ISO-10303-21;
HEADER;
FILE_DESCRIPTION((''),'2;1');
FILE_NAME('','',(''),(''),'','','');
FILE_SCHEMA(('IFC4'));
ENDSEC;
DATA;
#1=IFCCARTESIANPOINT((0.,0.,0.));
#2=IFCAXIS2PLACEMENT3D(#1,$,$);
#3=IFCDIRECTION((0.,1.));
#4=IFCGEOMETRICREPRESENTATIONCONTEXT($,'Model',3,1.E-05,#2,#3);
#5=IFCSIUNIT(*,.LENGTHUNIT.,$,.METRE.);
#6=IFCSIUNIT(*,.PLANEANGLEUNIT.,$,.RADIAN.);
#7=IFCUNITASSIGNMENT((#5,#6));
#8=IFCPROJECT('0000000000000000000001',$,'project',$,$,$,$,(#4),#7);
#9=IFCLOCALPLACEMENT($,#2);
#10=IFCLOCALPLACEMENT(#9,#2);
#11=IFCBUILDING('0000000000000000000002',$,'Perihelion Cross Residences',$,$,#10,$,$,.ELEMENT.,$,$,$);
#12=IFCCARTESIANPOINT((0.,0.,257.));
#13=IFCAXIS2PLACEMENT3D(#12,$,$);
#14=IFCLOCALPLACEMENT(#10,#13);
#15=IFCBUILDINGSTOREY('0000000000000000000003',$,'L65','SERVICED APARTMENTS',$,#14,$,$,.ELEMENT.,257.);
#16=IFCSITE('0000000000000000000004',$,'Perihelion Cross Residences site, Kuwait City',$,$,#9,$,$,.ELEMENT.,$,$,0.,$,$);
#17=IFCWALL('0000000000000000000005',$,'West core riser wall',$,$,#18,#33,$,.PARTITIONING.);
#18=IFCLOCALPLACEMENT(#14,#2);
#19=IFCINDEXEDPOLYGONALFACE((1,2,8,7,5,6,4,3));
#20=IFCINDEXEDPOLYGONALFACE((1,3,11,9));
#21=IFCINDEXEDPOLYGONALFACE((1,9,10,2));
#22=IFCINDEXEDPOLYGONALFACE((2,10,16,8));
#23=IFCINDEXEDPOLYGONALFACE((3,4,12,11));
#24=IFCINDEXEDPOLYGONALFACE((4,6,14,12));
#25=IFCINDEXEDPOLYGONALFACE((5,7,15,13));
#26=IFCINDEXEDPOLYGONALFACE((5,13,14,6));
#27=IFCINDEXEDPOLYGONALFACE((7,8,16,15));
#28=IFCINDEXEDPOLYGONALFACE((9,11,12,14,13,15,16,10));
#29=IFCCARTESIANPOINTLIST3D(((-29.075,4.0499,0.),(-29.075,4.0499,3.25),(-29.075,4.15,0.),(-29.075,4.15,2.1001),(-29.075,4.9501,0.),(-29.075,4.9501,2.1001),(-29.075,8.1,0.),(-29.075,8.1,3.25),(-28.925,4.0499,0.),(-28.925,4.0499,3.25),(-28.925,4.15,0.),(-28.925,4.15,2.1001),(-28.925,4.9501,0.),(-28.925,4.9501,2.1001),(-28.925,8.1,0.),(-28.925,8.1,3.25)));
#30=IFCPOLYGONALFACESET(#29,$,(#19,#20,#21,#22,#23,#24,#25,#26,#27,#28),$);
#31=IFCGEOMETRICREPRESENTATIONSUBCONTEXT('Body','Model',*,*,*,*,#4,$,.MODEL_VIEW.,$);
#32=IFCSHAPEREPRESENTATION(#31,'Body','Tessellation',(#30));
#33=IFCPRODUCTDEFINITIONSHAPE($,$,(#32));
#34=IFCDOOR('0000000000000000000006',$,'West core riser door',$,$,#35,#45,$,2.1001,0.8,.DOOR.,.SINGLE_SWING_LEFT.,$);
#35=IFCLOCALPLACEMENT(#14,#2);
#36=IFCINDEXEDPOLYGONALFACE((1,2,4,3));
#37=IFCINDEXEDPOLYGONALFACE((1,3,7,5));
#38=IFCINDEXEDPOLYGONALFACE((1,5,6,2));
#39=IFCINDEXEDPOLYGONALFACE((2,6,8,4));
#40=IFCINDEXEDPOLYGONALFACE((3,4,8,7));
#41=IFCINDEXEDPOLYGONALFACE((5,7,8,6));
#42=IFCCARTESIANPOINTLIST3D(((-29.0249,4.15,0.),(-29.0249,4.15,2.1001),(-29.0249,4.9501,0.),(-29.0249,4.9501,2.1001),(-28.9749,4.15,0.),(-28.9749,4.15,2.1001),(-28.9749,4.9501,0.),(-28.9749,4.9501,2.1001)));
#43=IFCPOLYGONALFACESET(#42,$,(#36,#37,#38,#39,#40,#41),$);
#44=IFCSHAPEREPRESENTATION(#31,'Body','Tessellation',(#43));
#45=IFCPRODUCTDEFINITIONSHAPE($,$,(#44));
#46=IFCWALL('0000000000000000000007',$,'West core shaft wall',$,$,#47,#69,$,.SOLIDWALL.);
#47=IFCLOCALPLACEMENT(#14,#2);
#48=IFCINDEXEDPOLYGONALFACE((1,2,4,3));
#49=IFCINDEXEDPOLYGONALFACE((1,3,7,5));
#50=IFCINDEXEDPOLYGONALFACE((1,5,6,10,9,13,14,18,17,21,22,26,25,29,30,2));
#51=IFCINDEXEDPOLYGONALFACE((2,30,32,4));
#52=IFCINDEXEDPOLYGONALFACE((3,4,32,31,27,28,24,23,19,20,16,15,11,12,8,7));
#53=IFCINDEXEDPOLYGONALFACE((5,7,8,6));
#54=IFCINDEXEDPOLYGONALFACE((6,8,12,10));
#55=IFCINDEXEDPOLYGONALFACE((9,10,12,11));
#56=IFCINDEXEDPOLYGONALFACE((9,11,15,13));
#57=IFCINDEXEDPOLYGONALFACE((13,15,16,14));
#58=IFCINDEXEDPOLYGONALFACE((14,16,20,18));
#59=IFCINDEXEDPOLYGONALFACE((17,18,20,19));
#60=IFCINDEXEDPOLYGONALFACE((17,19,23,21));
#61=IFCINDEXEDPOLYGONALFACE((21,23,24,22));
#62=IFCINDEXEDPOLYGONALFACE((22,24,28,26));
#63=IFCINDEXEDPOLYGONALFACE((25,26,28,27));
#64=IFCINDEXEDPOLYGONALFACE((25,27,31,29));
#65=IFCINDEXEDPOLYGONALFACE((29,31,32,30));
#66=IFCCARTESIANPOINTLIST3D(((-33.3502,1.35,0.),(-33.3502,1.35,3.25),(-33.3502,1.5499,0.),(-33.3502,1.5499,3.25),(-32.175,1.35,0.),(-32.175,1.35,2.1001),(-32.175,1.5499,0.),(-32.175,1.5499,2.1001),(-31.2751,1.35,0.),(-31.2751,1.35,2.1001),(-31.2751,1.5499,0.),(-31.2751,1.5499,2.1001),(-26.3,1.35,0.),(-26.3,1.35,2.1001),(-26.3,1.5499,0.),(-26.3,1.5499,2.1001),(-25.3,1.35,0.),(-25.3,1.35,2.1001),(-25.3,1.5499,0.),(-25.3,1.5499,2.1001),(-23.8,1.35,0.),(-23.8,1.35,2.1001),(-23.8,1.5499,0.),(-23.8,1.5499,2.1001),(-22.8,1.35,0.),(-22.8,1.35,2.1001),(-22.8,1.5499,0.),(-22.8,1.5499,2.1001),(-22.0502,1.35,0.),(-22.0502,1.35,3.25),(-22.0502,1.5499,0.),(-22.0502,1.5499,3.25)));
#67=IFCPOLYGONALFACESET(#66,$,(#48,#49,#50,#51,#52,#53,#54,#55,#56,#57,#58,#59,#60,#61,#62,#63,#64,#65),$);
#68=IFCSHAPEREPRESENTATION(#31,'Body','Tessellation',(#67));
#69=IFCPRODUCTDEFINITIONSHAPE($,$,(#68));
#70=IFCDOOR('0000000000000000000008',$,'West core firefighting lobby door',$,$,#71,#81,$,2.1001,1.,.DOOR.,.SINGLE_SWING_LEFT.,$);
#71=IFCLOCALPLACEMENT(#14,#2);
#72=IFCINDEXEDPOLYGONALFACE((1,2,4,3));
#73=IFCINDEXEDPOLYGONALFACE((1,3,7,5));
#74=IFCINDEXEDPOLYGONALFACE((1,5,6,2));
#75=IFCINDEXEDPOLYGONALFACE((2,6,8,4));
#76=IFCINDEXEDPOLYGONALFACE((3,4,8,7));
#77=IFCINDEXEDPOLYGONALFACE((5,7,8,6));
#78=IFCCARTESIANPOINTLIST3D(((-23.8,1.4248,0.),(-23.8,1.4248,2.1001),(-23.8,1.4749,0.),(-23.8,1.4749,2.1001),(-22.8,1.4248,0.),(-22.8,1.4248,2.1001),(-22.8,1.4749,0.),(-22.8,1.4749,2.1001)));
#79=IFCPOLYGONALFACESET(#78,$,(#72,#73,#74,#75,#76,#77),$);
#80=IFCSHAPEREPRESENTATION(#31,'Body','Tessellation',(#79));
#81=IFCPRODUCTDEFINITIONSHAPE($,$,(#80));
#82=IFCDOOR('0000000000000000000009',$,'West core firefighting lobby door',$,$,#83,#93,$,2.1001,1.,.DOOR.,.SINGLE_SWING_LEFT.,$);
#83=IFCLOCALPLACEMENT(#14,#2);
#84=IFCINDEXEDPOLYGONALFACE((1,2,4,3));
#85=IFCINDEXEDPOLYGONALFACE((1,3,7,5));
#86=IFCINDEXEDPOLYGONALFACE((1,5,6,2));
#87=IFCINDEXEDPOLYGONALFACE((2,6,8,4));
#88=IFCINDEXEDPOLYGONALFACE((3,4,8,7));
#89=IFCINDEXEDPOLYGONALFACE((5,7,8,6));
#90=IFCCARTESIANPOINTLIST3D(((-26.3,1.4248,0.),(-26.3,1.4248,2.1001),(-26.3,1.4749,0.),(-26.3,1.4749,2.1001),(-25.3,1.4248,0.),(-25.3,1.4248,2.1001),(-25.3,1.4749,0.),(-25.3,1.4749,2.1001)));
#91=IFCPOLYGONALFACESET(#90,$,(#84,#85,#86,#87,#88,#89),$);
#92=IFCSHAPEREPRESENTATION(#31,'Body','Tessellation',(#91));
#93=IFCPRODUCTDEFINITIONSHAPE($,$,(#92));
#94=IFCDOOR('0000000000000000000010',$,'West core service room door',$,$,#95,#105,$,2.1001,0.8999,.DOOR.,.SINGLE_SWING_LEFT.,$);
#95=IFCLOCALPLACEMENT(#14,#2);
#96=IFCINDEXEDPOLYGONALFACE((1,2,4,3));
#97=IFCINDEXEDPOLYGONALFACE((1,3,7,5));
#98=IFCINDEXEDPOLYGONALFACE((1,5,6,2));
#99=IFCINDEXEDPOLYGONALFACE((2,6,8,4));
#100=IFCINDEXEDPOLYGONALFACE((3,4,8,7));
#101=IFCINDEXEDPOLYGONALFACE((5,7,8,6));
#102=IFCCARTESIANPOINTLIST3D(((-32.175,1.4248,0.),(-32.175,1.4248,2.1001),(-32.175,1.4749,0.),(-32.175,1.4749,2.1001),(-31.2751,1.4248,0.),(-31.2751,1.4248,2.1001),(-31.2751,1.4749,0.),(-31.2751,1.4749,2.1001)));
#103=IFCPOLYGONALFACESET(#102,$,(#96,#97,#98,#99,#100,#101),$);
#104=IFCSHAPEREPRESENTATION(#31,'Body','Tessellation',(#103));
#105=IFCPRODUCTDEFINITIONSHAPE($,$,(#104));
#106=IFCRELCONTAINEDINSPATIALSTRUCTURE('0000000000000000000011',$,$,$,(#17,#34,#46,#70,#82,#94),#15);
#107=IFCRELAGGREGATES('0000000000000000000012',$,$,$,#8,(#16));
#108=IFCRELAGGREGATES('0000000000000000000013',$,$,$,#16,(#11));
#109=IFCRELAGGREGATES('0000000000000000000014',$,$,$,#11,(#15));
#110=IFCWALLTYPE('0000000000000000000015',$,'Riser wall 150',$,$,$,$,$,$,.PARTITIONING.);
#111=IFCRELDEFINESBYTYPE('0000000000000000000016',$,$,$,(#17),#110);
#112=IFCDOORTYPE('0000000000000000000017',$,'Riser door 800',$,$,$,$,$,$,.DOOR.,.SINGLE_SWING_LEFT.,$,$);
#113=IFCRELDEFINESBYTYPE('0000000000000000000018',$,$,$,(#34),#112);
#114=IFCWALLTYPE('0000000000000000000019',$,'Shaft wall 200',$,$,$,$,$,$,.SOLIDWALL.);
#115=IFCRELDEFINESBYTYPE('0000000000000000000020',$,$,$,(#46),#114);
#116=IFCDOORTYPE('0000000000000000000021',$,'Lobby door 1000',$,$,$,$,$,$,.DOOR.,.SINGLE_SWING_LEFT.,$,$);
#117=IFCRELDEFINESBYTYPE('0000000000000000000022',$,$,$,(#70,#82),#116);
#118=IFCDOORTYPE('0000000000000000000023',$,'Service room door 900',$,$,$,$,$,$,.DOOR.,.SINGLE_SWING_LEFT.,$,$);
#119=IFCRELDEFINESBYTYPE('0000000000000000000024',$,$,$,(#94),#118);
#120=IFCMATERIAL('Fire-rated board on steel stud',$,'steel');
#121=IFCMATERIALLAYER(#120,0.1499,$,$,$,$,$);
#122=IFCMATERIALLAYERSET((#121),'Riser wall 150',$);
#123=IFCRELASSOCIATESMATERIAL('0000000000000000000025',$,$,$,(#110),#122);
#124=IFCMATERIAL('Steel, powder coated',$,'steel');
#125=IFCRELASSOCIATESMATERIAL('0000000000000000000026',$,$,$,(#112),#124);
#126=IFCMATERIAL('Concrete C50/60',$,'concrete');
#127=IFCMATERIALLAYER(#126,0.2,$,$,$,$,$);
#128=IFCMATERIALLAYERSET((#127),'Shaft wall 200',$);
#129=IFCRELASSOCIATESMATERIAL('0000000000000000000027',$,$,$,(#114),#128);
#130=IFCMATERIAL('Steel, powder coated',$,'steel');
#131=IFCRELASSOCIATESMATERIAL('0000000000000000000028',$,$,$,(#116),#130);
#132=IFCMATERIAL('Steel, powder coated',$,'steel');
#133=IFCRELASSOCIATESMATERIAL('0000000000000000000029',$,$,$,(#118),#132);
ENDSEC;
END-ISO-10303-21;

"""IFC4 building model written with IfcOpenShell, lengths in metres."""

from ifc_helpers import new_model, si_unit, direction, frame, frame_2d, origin, place, context, subcontext, project, spatial, rectangle, extrude, material, layer, layer_set, type_object, element, fill, save


model = new_model("IFC4")

# Units and contexts
model_context = context("Model", 3, precision=1e-05, world=origin(), true_north=direction((0.0, 1.0)))
body_context = subcontext(model_context, "Body", "Model", "MODEL_VIEW")
ifc_project = project(units=[si_unit("LENGTHUNIT", "METRE"), si_unit("PLANEANGLEUNIT", "RADIAN")], contexts=[model_context])

# Site, building, storey
site_placement = place(None, origin())
site = spatial("IfcSite", under=ifc_project, at=site_placement, Name="Perihelion Cross Residences site, Kuwait City", CompositionType="ELEMENT", RefElevation=0.0)
building_placement = place(site_placement, origin())
building = spatial("IfcBuilding", under=site, at=building_placement, Name="Perihelion Cross Residences", CompositionType="ELEMENT")
storey_placement = place(building_placement, frame((0.0, 0.0, 257.0)))
storey = spatial("IfcBuildingStorey", under=building, at=storey_placement, Name="L65", Description="SERVICED APARTMENTS", CompositionType="ELEMENT", Elevation=257.0)

# Wall, opening, door
ifc_material_1 = material(Name="Fire-rated board on steel stud", Category="steel")
ifc_layer_1 = layer(ifc_material_1, 0.1499)
ifc_layer_set_1 = layer_set([ifc_layer_1], Name="Riser wall 150")
wall_type_1 = type_object("IfcWallType", Name="Riser wall 150", PredefinedType="PARTITIONING", material=ifc_layer_set_1)
wall_1_placement = place(storey_placement, frame((-29.0, 4.05, 0.0), z_axis=(0.0, 0.0, 1.0), x_axis=(0.0, 1.0, 0.0)))
wall_1 = element("IfcWall", 1, at=wall_1_placement, inside=storey, type_object=wall_type_1, Name="West core riser wall", PredefinedType="PARTITIONING", context=body_context, shape_type="SweptSolid", body=[
    extrude(rectangle(XDim=4.05, YDim=0.1499, at=frame_2d((2.0249, 0.0))), origin(), (0.0, 0.0, 1.0), 3.25),
])
opening_1_placement = place(wall_1_placement, frame((0.1001, 0.0, 0.0)))
opening_1 = element("IfcOpeningElement", 2, at=opening_1_placement, cuts=wall_1, PredefinedType="OPENING", context=body_context, shape_type="SweptSolid", body=[
    extrude(rectangle(XDim=0.8, YDim=2.1001, at=frame_2d((0.3999, 1.05))), frame((0.0, 0.085, 0.0), z_axis=(0.0, -1.0, 0.0), x_axis=(1.0, 0.0, 0.0)), (0.0, 0.0, 1.0), 0.1699),
])
ifc_material_2 = material(Name="Steel, powder coated", Category="steel")
door_type_1 = type_object("IfcDoorType", Name="Riser door 800", OperationType="SINGLE_SWING_LEFT", PredefinedType="DOOR", material=ifc_material_2)
door_1_placement = place(opening_1_placement, origin())
door_1 = element("IfcDoor", 3, at=door_1_placement, inside=storey, type_object=door_type_1, Name="West core riser door", OperationType="SINGLE_SWING_LEFT", OverallHeight=2.1001, OverallWidth=0.8, PredefinedType="DOOR", context=body_context, shape_type="SweptSolid", body=[
    extrude(rectangle(XDim=0.8, YDim=2.1001, at=frame_2d((0.3999, 1.05))), frame((0.0, 0.0249, 0.0), z_axis=(0.0, -1.0, 0.0), x_axis=(1.0, 0.0, 0.0)), (0.0, 0.0, 1.0), 0.05),
])
fill(opening_1, door_1)

# Wall, openings, doors
ifc_material_3 = material(Name="Concrete C50/60", Category="concrete")
ifc_layer_2 = layer(ifc_material_3, 0.2)
ifc_layer_set_2 = layer_set([ifc_layer_2], Name="Shaft wall 200")
wall_type_2 = type_object("IfcWallType", Name="Shaft wall 200", PredefinedType="SOLIDWALL", material=ifc_layer_set_2)
wall_2_placement = place(storey_placement, frame((-33.3501, 1.45, 0.0), z_axis=(0.0, 0.0, 1.0), x_axis=(1.0, 0.0, 0.0)))
wall_2 = element("IfcWall", 4, at=wall_2_placement, inside=storey, type_object=wall_type_2, Name="West core shaft wall", PredefinedType="SOLIDWALL", context=body_context, shape_type="SweptSolid", body=[
    extrude(rectangle(XDim=11.3, YDim=0.2, at=frame_2d((5.6499, 0.0))), origin(), (0.0, 0.0, 1.0), 3.25),
])
opening_2_placement = place(wall_2_placement, frame((9.55, 0.0, 0.0)))
opening_2 = element("IfcOpeningElement", 5, at=opening_2_placement, cuts=wall_2, PredefinedType="OPENING", context=body_context, shape_type="SweptSolid", body=[
    extrude(rectangle(XDim=1.0, YDim=2.1001, at=frame_2d((0.5, 1.05))), frame((0.0, 0.1099, 0.0), z_axis=(0.0, -1.0, 0.0), x_axis=(1.0, 0.0, 0.0)), (0.0, 0.0, 1.0), 0.22),
])
opening_3_placement = place(wall_2_placement, frame((7.05, 0.0, 0.0)))
opening_3 = element("IfcOpeningElement", 6, at=opening_3_placement, cuts=wall_2, PredefinedType="OPENING", context=body_context, shape_type="SweptSolid", body=[
    extrude(rectangle(XDim=1.0, YDim=2.1001, at=frame_2d((0.5, 1.05))), frame((0.0, 0.1099, 0.0), z_axis=(0.0, -1.0, 0.0), x_axis=(1.0, 0.0, 0.0)), (0.0, 0.0, 1.0), 0.22),
])
opening_4_placement = place(wall_2_placement, frame((1.175, 0.0, 0.0)))
opening_4 = element("IfcOpeningElement", 7, at=opening_4_placement, cuts=wall_2, PredefinedType="OPENING", context=body_context, shape_type="SweptSolid", body=[
    extrude(rectangle(XDim=0.8999, YDim=2.1001, at=frame_2d((0.45, 1.05))), frame((0.0, 0.1099, 0.0), z_axis=(0.0, -1.0, 0.0), x_axis=(1.0, 0.0, 0.0)), (0.0, 0.0, 1.0), 0.22),
])
ifc_material_4 = material(Name="Steel, powder coated", Category="steel")
door_type_2 = type_object("IfcDoorType", Name="Lobby door 1000", OperationType="SINGLE_SWING_LEFT", PredefinedType="DOOR", material=ifc_material_4)
door_2_placement = place(opening_2_placement, origin())
door_2 = element("IfcDoor", 8, at=door_2_placement, inside=storey, type_object=door_type_2, Name="West core firefighting lobby door", OperationType="SINGLE_SWING_LEFT", OverallHeight=2.1001, OverallWidth=1.0, PredefinedType="DOOR", context=body_context, shape_type="SweptSolid", body=[
    extrude(rectangle(XDim=1.0, YDim=2.1001, at=frame_2d((0.5, 1.05))), frame((0.0, 0.0249, 0.0), z_axis=(0.0, -1.0, 0.0), x_axis=(1.0, 0.0, 0.0)), (0.0, 0.0, 1.0), 0.05),
])
fill(opening_2, door_2)
door_3_placement = place(opening_3_placement, origin())
door_3 = element("IfcDoor", 9, at=door_3_placement, inside=storey, type_object=door_type_2, Name="West core firefighting lobby door", OperationType="SINGLE_SWING_LEFT", OverallHeight=2.1001, OverallWidth=1.0, PredefinedType="DOOR", context=body_context, shape_type="SweptSolid", body=[
    extrude(rectangle(XDim=1.0, YDim=2.1001, at=frame_2d((0.5, 1.05))), frame((0.0, 0.0249, 0.0), z_axis=(0.0, -1.0, 0.0), x_axis=(1.0, 0.0, 0.0)), (0.0, 0.0, 1.0), 0.05),
])
fill(opening_3, door_3)
ifc_material_5 = material(Name="Steel, powder coated", Category="steel")
door_type_3 = type_object("IfcDoorType", Name="Service room door 900", OperationType="SINGLE_SWING_LEFT", PredefinedType="DOOR", material=ifc_material_5)
door_4_placement = place(opening_4_placement, origin())
door_4 = element("IfcDoor", 10, at=door_4_placement, inside=storey, type_object=door_type_3, Name="West core service room door", OperationType="SINGLE_SWING_LEFT", OverallHeight=2.1001, OverallWidth=0.8999, PredefinedType="DOOR", context=body_context, shape_type="SweptSolid", body=[
    extrude(rectangle(XDim=0.8999, YDim=2.1001, at=frame_2d((0.45, 1.05))), frame((0.0, 0.0249, 0.0), z_axis=(0.0, -1.0, 0.0), x_axis=(1.0, 0.0, 0.0)), (0.0, 0.0, 1.0), 0.05),
])
fill(opening_4, door_4)

save(model, "model.ifc")
